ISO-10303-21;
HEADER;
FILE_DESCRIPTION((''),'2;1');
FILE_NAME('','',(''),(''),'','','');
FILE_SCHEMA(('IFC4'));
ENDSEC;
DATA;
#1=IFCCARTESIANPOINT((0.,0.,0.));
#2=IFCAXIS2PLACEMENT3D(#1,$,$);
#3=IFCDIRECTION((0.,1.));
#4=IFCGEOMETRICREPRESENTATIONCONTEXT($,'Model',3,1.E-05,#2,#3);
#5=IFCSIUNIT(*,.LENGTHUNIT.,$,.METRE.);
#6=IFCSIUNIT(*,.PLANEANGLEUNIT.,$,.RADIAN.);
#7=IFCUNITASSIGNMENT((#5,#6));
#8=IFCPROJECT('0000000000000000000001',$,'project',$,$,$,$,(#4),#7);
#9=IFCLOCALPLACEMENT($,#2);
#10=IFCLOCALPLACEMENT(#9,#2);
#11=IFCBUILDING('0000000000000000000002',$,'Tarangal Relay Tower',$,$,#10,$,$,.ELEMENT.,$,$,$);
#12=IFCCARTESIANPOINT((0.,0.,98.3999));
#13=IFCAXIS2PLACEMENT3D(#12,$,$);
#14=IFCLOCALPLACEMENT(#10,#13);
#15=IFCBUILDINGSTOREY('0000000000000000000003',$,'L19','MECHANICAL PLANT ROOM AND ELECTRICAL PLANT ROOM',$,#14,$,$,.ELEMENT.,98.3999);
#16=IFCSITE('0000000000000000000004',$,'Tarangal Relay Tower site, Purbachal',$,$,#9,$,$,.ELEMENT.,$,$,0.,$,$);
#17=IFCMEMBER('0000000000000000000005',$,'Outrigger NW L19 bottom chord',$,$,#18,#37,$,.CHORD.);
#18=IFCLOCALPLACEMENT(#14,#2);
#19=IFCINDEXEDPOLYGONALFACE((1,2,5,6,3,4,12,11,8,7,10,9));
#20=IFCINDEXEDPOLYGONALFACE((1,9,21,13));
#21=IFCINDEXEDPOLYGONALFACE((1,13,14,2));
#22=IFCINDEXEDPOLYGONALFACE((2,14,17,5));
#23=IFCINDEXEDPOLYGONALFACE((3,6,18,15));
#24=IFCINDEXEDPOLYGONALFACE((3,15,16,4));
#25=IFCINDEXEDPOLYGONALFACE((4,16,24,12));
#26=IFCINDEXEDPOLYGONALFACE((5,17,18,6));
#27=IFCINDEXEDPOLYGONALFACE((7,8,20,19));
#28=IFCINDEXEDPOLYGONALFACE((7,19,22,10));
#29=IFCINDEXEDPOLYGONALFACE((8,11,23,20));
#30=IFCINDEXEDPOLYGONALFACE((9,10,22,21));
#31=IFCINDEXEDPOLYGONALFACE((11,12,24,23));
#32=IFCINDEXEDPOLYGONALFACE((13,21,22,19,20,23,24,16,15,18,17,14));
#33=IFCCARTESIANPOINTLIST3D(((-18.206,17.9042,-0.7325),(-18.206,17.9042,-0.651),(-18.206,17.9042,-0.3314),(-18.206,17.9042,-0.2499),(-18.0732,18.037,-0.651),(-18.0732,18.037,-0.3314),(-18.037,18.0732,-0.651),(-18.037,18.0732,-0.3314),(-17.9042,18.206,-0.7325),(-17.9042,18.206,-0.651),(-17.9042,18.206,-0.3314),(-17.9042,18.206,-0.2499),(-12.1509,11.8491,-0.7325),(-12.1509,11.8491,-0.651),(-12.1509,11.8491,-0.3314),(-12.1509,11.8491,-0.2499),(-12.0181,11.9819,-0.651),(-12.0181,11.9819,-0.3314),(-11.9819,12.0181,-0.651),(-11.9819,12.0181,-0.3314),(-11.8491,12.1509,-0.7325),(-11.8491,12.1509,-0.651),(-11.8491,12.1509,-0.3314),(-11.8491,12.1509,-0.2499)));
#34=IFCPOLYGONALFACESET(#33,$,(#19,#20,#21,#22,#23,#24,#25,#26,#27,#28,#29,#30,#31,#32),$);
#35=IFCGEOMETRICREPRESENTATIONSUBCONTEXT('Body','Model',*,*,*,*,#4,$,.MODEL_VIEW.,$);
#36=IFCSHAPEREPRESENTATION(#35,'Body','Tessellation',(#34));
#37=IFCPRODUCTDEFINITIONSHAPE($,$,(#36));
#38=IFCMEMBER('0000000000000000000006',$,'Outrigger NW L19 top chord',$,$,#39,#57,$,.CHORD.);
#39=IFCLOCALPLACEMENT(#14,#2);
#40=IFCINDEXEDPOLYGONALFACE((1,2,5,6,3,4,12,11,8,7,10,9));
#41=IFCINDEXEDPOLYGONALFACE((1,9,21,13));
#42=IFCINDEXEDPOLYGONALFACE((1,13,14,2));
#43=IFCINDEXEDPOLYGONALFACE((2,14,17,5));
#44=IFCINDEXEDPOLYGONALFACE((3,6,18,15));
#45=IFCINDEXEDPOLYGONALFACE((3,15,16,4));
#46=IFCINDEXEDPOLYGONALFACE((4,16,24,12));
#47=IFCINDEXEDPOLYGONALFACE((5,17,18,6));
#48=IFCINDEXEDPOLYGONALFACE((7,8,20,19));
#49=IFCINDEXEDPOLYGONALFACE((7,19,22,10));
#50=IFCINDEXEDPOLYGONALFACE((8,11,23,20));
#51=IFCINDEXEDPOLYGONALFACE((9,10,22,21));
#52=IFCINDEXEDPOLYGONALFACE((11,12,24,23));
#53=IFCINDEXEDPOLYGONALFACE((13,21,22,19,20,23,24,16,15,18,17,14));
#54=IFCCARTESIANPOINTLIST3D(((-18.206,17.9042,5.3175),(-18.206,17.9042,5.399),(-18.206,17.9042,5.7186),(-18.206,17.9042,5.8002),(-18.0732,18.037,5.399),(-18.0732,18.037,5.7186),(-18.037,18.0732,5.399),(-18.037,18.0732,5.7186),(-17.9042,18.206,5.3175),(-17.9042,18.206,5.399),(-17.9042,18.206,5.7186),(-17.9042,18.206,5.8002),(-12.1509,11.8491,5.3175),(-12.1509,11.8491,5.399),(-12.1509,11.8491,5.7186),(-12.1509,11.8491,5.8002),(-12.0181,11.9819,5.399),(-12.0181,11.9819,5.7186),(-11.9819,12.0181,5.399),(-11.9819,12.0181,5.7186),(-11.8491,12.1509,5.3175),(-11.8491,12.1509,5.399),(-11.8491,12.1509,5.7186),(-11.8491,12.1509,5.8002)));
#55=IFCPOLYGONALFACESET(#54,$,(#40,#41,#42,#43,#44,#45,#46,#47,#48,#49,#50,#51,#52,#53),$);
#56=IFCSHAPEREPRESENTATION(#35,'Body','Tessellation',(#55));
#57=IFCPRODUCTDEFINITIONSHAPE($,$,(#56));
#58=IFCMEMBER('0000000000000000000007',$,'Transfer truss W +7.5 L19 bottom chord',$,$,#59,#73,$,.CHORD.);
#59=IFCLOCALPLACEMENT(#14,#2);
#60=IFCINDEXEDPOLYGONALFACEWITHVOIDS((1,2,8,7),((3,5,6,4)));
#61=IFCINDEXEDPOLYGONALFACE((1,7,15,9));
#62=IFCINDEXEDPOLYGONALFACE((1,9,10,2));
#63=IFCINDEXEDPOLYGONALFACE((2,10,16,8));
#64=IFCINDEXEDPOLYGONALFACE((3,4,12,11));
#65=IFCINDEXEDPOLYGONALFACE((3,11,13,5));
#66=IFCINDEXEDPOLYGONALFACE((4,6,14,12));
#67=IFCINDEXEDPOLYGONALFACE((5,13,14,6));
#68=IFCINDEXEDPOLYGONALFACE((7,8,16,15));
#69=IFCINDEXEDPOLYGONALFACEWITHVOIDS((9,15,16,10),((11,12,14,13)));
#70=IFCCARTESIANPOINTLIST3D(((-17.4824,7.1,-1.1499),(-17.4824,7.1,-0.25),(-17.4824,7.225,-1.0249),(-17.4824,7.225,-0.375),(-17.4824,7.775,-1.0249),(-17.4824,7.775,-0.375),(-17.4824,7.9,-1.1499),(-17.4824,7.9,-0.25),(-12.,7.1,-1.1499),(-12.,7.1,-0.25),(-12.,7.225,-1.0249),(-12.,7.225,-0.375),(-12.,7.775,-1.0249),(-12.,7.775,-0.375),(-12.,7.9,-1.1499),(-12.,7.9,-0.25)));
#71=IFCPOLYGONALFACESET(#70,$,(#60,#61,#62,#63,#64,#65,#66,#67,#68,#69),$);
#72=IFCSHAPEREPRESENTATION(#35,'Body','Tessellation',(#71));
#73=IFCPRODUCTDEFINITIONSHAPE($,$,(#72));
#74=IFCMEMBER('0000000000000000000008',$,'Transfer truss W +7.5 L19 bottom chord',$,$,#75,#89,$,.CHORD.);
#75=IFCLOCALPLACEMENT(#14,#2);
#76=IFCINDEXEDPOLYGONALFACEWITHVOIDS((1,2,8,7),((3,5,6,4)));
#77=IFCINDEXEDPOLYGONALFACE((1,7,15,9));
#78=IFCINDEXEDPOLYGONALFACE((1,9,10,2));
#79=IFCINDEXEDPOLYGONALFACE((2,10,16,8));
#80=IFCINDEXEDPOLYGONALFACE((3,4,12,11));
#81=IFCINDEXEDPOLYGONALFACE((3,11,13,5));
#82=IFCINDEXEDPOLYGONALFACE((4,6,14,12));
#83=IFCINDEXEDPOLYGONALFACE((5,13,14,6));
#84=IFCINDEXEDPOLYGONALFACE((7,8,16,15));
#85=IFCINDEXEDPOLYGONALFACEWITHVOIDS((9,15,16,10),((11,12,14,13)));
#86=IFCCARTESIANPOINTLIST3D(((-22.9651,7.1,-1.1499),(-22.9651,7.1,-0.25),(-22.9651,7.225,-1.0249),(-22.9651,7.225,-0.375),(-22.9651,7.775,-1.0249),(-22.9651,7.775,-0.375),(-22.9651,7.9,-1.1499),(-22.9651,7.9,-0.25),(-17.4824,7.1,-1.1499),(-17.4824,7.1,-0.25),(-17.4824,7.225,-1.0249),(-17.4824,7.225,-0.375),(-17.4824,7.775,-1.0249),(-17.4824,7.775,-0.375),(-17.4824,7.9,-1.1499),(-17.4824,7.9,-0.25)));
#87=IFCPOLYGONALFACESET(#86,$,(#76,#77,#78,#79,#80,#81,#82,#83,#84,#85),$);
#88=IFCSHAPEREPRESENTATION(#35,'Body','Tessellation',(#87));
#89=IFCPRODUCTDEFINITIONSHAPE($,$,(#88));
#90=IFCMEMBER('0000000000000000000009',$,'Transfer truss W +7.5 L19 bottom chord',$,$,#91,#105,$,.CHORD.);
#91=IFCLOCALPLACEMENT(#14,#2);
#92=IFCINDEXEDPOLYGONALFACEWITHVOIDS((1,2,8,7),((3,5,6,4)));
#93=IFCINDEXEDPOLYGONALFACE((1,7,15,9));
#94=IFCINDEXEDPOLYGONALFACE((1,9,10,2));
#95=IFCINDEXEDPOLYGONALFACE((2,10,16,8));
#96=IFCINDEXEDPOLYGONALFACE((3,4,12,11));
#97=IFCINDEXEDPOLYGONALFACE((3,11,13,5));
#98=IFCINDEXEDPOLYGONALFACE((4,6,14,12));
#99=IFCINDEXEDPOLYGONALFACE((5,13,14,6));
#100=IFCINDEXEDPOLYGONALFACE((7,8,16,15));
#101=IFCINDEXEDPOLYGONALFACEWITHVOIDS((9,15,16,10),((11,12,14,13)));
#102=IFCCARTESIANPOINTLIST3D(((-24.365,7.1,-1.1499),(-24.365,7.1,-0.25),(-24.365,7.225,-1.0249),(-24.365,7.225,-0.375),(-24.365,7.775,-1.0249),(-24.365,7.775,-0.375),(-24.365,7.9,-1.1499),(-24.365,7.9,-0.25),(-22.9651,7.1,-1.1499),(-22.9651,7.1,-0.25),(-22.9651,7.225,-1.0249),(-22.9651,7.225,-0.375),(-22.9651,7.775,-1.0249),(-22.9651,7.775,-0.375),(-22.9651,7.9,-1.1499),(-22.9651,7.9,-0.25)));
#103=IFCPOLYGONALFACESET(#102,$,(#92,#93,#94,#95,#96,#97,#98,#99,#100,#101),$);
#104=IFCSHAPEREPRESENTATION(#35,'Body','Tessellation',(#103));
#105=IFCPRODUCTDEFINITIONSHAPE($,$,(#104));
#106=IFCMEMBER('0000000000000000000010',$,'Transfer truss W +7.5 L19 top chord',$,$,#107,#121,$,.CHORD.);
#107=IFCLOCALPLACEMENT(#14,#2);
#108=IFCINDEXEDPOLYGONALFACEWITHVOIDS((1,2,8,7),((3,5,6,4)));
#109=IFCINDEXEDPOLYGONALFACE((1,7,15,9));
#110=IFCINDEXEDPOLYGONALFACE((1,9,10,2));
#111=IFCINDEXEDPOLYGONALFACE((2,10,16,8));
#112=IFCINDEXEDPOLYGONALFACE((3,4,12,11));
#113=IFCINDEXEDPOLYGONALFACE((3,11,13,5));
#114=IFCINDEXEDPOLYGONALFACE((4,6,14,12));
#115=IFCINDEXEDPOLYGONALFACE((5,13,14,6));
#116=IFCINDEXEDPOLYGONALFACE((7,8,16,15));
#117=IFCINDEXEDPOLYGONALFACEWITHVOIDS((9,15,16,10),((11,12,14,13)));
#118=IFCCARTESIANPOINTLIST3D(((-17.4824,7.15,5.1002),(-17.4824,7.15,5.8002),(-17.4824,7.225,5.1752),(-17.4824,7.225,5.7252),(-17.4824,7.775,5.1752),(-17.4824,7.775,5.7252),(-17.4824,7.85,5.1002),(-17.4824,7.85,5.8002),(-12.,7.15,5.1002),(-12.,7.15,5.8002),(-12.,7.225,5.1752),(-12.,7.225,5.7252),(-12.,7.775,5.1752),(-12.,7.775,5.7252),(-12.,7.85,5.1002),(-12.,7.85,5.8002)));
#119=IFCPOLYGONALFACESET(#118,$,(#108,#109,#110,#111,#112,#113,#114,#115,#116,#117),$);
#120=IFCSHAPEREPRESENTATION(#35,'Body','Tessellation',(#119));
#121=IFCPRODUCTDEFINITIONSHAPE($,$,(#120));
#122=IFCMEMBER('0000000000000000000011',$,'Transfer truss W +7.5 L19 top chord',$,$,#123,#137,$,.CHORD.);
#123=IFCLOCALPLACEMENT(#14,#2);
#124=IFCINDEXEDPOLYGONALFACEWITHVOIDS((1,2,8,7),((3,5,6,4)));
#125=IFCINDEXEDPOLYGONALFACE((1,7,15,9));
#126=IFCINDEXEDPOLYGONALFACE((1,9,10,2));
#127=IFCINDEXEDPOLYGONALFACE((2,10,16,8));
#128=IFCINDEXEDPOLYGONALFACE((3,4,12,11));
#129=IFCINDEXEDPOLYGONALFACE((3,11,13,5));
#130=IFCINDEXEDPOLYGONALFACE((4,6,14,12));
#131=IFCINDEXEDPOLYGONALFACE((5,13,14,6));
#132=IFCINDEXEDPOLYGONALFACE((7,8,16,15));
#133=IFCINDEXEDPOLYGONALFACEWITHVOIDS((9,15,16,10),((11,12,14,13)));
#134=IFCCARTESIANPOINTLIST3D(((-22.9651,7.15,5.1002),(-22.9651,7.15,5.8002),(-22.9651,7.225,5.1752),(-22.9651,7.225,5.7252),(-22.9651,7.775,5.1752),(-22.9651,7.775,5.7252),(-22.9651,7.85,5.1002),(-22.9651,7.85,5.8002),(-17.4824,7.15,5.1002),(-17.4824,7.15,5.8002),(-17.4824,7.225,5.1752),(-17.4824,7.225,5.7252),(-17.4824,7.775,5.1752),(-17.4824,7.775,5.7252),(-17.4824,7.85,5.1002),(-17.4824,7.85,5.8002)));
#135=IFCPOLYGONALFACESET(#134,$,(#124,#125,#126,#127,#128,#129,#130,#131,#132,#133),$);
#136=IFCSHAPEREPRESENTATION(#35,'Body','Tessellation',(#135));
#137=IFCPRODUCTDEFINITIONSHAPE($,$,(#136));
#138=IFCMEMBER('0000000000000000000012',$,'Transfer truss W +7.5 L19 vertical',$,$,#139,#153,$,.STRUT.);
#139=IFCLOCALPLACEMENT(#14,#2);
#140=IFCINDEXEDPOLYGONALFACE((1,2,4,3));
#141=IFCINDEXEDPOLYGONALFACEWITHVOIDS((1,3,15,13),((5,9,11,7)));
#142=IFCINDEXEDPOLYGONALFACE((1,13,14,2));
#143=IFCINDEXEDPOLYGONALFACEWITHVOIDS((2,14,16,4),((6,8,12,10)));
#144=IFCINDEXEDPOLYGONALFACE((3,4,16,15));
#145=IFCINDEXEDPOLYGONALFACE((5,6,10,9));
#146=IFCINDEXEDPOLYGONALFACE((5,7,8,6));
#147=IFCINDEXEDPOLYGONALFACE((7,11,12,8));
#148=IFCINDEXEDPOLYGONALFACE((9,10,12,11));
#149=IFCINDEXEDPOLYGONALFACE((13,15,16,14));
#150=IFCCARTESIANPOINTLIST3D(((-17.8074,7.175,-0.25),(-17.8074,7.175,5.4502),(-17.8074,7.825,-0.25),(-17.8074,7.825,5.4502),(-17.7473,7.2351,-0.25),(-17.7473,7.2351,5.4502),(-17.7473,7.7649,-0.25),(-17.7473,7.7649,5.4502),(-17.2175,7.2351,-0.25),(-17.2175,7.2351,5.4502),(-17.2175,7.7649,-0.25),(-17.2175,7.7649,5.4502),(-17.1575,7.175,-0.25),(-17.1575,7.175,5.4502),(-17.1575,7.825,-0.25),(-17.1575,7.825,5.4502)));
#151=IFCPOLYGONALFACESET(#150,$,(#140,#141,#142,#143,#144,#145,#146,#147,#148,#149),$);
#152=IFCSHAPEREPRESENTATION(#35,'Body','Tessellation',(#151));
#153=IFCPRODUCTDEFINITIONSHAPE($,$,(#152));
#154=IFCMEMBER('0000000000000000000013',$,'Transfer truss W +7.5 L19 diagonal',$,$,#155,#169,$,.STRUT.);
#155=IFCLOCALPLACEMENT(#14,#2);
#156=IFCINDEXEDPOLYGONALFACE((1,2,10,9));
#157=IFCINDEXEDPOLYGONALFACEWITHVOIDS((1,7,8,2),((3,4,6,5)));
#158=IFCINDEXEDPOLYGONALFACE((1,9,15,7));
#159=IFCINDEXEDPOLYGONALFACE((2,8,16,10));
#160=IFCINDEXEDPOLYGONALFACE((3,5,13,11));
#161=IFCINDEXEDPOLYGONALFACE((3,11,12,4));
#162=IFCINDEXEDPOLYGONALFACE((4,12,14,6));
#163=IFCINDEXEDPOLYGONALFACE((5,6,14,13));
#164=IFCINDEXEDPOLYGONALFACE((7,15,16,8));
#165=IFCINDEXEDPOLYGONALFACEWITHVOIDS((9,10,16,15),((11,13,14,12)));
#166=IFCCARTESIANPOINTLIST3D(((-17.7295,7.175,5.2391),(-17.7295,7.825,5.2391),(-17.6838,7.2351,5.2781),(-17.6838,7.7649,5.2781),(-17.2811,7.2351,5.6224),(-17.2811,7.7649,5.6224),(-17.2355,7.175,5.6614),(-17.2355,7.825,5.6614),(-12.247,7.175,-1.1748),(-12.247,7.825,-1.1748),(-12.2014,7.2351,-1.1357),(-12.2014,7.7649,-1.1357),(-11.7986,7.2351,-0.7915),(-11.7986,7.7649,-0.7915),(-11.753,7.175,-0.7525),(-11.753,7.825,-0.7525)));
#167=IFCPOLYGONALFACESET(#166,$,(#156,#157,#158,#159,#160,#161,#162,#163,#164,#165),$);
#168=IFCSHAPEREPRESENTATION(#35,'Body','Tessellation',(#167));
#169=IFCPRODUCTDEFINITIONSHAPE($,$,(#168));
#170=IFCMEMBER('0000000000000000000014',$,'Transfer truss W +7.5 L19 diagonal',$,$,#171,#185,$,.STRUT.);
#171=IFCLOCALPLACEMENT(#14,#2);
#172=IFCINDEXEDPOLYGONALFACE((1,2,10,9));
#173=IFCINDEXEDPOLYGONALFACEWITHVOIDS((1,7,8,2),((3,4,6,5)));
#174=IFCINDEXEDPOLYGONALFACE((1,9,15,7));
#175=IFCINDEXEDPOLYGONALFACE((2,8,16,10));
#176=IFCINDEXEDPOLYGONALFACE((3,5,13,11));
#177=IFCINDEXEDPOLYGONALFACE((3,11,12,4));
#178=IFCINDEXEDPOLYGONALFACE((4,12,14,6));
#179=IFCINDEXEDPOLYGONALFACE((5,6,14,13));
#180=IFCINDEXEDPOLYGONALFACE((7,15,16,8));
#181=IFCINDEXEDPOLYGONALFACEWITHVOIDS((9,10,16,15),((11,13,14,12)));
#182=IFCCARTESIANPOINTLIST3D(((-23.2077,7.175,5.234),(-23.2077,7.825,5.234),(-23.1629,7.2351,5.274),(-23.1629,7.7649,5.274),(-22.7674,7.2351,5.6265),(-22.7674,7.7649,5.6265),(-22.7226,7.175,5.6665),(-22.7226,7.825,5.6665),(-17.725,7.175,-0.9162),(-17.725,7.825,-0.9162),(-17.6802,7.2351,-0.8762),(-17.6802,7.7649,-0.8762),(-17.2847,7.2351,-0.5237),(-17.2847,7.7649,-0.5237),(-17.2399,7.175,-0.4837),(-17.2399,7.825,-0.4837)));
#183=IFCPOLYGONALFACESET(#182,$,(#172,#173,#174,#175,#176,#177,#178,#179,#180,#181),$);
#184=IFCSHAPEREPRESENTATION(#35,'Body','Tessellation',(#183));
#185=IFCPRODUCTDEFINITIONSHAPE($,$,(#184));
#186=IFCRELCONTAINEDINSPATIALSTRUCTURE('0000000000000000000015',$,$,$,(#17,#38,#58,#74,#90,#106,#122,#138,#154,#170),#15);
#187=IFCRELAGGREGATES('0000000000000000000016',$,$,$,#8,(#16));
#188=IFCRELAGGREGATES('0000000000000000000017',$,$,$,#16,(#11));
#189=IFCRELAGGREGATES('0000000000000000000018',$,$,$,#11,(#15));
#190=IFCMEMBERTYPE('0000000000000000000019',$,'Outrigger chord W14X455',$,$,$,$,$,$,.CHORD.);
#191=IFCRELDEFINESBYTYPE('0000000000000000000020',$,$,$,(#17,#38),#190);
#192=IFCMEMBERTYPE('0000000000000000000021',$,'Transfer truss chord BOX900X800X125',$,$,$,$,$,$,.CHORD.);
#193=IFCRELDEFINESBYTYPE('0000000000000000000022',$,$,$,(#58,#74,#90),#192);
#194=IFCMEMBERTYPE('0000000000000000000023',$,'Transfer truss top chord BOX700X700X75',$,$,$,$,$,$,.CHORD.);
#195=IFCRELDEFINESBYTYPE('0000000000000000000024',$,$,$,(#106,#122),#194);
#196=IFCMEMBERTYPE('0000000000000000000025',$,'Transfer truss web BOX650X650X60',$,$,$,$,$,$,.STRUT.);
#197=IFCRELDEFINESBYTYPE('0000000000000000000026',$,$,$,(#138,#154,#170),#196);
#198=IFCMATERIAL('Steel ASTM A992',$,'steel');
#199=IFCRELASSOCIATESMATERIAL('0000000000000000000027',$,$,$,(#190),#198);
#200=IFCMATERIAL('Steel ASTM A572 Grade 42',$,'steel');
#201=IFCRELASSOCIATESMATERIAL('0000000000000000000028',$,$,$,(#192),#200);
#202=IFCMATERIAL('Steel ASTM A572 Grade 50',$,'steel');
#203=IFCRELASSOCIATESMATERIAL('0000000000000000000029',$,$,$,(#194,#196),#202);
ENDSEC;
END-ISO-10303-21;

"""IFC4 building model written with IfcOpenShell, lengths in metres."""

from ifc_helpers import new_model, si_unit, direction, frame, origin, origin_2d, place, context, subcontext, project, spatial, hollow_rectangle, i_section, extrude, material, material_profile, profile_set, type_object, element, save


model = new_model("IFC4")

# Units and contexts
model_context = context("Model", 3, precision=1e-05, world=origin(), true_north=direction((0.0, 1.0)))
body_context = subcontext(model_context, "Body", "Model", "MODEL_VIEW")
ifc_project = project(units=[si_unit("LENGTHUNIT", "METRE"), si_unit("PLANEANGLEUNIT", "RADIAN")], contexts=[model_context])

# Site, building, storey
site_placement = place(None, origin())
site = spatial("IfcSite", under=ifc_project, at=site_placement, Name="Tarangal Relay Tower site, Purbachal", CompositionType="ELEMENT", RefElevation=0.0)
building_placement = place(site_placement, origin())
building = spatial("IfcBuilding", under=site, at=building_placement, Name="Tarangal Relay Tower", CompositionType="ELEMENT")
storey_placement = place(building_placement, frame((0.0, 0.0, 98.3999)))
storey = spatial("IfcBuildingStorey", under=building, at=storey_placement, Name="L19", Description="MECHANICAL PLANT ROOM AND ELECTRICAL PLANT ROOM", CompositionType="ELEMENT", Elevation=98.3999)

# Shared definitions
ifc_material_1 = material(Name="Steel ASTM A572 Grade 50", Category="steel")

# Shared definitions
ifc_material_2 = material(Name="Steel ASTM A992", Category="steel")

# Members
ifc_material_profile_1 = material_profile(ifc_material_2, i_section(OverallWidth=0.4268, OverallDepth=0.4827, WebThickness=0.0513, FlangeThickness=0.0815, at=origin_2d()), Name="W14X455")
ifc_profile_set_1 = profile_set([ifc_material_profile_1], Name="Steel ASTM A992")
member_type_1 = type_object("IfcMemberType", Name="Outrigger chord W14X455", PredefinedType="CHORD", material=ifc_profile_set_1)
for number, where, z_axis, x_axis, name in (
    (1, (-12.0, 12.0, -0.4912), (-0.707107, 0.707107, 0.0), (-0.707107, -0.707107, 0.0), "Outrigger NW L19 bottom chord"),
    (2, (-12.0, 12.0, 5.5588), (-0.707107, 0.707107, 0.0), (-0.707107, -0.707107, 0.0), "Outrigger NW L19 top chord"),
):
    element("IfcMember", number, at=place(storey_placement, frame(where, z_axis=z_axis, x_axis=x_axis)), inside=storey, type_object=member_type_1, Name=name, PredefinedType="CHORD", context=body_context, shape_type="SweptSolid", body=[
        extrude(i_section(OverallWidth=0.4268, OverallDepth=0.4827, WebThickness=0.0513, FlangeThickness=0.0815, at=origin_2d()), origin(), (0.0, 0.0, 1.0), 8.5632),
    ])
ifc_material_3 = material(Name="Steel ASTM A572 Grade 42", Category="steel")
ifc_material_profile_2 = material_profile(ifc_material_3, hollow_rectangle(XDim=0.8, YDim=0.8999, WallThickness=0.125, at=origin_2d()), Name="BOX900X800X125")
ifc_profile_set_2 = profile_set([ifc_material_profile_2], Name="Steel ASTM A572 Grade 42")
member_type_2 = type_object("IfcMemberType", Name="Transfer truss chord BOX900X800X125", PredefinedType="CHORD", material=ifc_profile_set_2)
member_1_placement = place(storey_placement, frame((-12.0, 7.5, -0.7), z_axis=(-1.0, 0.0, 0.0), x_axis=(0.0, -1.0, 0.0)))
element("IfcMember", 3, at=member_1_placement, inside=storey, type_object=member_type_2, Name="Transfer truss W +7.5 L19 bottom chord", PredefinedType="CHORD", context=body_context, shape_type="SweptSolid", body=[
    extrude(hollow_rectangle(XDim=0.8, YDim=0.8999, WallThickness=0.125, at=origin_2d()), origin(), (0.0, 0.0, 1.0), 5.4824),
])
member_2_placement = place(storey_placement, frame((-17.4824, 7.5, -0.7), z_axis=(-1.0, 0.0, 0.0), x_axis=(0.0, -1.0, 0.0)))
element("IfcMember", 4, at=member_2_placement, inside=storey, type_object=member_type_2, Name="Transfer truss W +7.5 L19 bottom chord", PredefinedType="CHORD", context=body_context, shape_type="SweptSolid", body=[
    extrude(hollow_rectangle(XDim=0.8, YDim=0.8999, WallThickness=0.125, at=origin_2d()), origin(), (0.0, 0.0, 1.0), 5.4827),
])
member_3_placement = place(storey_placement, frame((-22.9651, 7.5, -0.7), z_axis=(-1.0, 0.0, 0.0), x_axis=(0.0, -1.0, 0.0)))
element("IfcMember", 5, at=member_3_placement, inside=storey, type_object=member_type_2, Name="Transfer truss W +7.5 L19 bottom chord", PredefinedType="CHORD", context=body_context, shape_type="SweptSolid", body=[
    extrude(hollow_rectangle(XDim=0.8, YDim=0.8999, WallThickness=0.125, at=origin_2d()), origin(), (0.0, 0.0, 1.0), 1.3999),
])
ifc_material_profile_3 = material_profile(ifc_material_1, hollow_rectangle(XDim=0.7, YDim=0.7, WallThickness=0.075, at=origin_2d()), Name="BOX700X700X75")
ifc_profile_set_3 = profile_set([ifc_material_profile_3], Name="Steel ASTM A572 Grade 50")
member_type_3 = type_object("IfcMemberType", Name="Transfer truss top chord BOX700X700X75", PredefinedType="CHORD", material=ifc_profile_set_3)
member_4_placement = place(storey_placement, frame((-12.0, 7.5, 5.4502), z_axis=(-1.0, 0.0, 0.0), x_axis=(0.0, -1.0, 0.0)))
element("IfcMember", 6, at=member_4_placement, inside=storey, type_object=member_type_3, Name="Transfer truss W +7.5 L19 top chord", PredefinedType="CHORD", context=body_context, shape_type="SweptSolid", body=[
    extrude(hollow_rectangle(XDim=0.7, YDim=0.7, WallThickness=0.075, at=origin_2d()), origin(), (0.0, 0.0, 1.0), 5.4824),
])
member_5_placement = place(storey_placement, frame((-17.4824, 7.5, 5.4502), z_axis=(-1.0, 0.0, 0.0), x_axis=(0.0, -1.0, 0.0)))
element("IfcMember", 7, at=member_5_placement, inside=storey, type_object=member_type_3, Name="Transfer truss W +7.5 L19 top chord", PredefinedType="CHORD", context=body_context, shape_type="SweptSolid", body=[
    extrude(hollow_rectangle(XDim=0.7, YDim=0.7, WallThickness=0.075, at=origin_2d()), origin(), (0.0, 0.0, 1.0), 5.4827),
])
ifc_material_profile_4 = material_profile(ifc_material_1, hollow_rectangle(XDim=0.6499, YDim=0.6499, WallThickness=0.0601, at=origin_2d()), Name="BOX650X650X60")
ifc_profile_set_4 = profile_set([ifc_material_profile_4], Name="Steel ASTM A572 Grade 50")
member_type_4 = type_object("IfcMemberType", Name="Transfer truss web BOX650X650X60", PredefinedType="STRUT", material=ifc_profile_set_4)
member_6_placement = place(storey_placement, frame((-17.4824, 7.5, -0.25), z_axis=(0.0, 0.0, 1.0), x_axis=(1.0, 0.0, 0.0)))
element("IfcMember", 8, at=member_6_placement, inside=storey, type_object=member_type_4, Name="Transfer truss W +7.5 L19 vertical", PredefinedType="STRUT", context=body_context, shape_type="SweptSolid", body=[
    extrude(hollow_rectangle(XDim=0.6499, YDim=0.6499, WallThickness=0.0601, at=origin_2d()), origin(), (0.0, 0.0, 1.0), 5.7002),
])
member_7_placement = place(storey_placement, frame((-12.0, 7.5, -0.9636), z_axis=(-0.649757, 0.0, 0.760142), x_axis=(0.0, -1.0, 0.0)))
element("IfcMember", 9, at=member_7_placement, inside=storey, type_object=member_type_4, Name="Transfer truss W +7.5 L19 diagonal", PredefinedType="STRUT", context=body_context, shape_type="SweptSolid", body=[
    extrude(hollow_rectangle(XDim=0.6499, YDim=0.6499, WallThickness=0.0601, at=origin_2d()), origin(), (0.0, 0.0, 1.0), 8.4377),
])
member_8_placement = place(storey_placement, frame((-17.4824, 7.5, -0.7), z_axis=(-0.665439, 0.0, 0.746452), x_axis=(0.0, -1.0, 0.0)))
element("IfcMember", 10, at=member_8_placement, inside=storey, type_object=member_type_4, Name="Transfer truss W +7.5 L19 diagonal", PredefinedType="STRUT", context=body_context, shape_type="SweptSolid", body=[
    extrude(hollow_rectangle(XDim=0.6499, YDim=0.6499, WallThickness=0.0601, at=origin_2d()), origin(), (0.0, 0.0, 1.0), 8.2393),
])

save(model, "model.ifc")
